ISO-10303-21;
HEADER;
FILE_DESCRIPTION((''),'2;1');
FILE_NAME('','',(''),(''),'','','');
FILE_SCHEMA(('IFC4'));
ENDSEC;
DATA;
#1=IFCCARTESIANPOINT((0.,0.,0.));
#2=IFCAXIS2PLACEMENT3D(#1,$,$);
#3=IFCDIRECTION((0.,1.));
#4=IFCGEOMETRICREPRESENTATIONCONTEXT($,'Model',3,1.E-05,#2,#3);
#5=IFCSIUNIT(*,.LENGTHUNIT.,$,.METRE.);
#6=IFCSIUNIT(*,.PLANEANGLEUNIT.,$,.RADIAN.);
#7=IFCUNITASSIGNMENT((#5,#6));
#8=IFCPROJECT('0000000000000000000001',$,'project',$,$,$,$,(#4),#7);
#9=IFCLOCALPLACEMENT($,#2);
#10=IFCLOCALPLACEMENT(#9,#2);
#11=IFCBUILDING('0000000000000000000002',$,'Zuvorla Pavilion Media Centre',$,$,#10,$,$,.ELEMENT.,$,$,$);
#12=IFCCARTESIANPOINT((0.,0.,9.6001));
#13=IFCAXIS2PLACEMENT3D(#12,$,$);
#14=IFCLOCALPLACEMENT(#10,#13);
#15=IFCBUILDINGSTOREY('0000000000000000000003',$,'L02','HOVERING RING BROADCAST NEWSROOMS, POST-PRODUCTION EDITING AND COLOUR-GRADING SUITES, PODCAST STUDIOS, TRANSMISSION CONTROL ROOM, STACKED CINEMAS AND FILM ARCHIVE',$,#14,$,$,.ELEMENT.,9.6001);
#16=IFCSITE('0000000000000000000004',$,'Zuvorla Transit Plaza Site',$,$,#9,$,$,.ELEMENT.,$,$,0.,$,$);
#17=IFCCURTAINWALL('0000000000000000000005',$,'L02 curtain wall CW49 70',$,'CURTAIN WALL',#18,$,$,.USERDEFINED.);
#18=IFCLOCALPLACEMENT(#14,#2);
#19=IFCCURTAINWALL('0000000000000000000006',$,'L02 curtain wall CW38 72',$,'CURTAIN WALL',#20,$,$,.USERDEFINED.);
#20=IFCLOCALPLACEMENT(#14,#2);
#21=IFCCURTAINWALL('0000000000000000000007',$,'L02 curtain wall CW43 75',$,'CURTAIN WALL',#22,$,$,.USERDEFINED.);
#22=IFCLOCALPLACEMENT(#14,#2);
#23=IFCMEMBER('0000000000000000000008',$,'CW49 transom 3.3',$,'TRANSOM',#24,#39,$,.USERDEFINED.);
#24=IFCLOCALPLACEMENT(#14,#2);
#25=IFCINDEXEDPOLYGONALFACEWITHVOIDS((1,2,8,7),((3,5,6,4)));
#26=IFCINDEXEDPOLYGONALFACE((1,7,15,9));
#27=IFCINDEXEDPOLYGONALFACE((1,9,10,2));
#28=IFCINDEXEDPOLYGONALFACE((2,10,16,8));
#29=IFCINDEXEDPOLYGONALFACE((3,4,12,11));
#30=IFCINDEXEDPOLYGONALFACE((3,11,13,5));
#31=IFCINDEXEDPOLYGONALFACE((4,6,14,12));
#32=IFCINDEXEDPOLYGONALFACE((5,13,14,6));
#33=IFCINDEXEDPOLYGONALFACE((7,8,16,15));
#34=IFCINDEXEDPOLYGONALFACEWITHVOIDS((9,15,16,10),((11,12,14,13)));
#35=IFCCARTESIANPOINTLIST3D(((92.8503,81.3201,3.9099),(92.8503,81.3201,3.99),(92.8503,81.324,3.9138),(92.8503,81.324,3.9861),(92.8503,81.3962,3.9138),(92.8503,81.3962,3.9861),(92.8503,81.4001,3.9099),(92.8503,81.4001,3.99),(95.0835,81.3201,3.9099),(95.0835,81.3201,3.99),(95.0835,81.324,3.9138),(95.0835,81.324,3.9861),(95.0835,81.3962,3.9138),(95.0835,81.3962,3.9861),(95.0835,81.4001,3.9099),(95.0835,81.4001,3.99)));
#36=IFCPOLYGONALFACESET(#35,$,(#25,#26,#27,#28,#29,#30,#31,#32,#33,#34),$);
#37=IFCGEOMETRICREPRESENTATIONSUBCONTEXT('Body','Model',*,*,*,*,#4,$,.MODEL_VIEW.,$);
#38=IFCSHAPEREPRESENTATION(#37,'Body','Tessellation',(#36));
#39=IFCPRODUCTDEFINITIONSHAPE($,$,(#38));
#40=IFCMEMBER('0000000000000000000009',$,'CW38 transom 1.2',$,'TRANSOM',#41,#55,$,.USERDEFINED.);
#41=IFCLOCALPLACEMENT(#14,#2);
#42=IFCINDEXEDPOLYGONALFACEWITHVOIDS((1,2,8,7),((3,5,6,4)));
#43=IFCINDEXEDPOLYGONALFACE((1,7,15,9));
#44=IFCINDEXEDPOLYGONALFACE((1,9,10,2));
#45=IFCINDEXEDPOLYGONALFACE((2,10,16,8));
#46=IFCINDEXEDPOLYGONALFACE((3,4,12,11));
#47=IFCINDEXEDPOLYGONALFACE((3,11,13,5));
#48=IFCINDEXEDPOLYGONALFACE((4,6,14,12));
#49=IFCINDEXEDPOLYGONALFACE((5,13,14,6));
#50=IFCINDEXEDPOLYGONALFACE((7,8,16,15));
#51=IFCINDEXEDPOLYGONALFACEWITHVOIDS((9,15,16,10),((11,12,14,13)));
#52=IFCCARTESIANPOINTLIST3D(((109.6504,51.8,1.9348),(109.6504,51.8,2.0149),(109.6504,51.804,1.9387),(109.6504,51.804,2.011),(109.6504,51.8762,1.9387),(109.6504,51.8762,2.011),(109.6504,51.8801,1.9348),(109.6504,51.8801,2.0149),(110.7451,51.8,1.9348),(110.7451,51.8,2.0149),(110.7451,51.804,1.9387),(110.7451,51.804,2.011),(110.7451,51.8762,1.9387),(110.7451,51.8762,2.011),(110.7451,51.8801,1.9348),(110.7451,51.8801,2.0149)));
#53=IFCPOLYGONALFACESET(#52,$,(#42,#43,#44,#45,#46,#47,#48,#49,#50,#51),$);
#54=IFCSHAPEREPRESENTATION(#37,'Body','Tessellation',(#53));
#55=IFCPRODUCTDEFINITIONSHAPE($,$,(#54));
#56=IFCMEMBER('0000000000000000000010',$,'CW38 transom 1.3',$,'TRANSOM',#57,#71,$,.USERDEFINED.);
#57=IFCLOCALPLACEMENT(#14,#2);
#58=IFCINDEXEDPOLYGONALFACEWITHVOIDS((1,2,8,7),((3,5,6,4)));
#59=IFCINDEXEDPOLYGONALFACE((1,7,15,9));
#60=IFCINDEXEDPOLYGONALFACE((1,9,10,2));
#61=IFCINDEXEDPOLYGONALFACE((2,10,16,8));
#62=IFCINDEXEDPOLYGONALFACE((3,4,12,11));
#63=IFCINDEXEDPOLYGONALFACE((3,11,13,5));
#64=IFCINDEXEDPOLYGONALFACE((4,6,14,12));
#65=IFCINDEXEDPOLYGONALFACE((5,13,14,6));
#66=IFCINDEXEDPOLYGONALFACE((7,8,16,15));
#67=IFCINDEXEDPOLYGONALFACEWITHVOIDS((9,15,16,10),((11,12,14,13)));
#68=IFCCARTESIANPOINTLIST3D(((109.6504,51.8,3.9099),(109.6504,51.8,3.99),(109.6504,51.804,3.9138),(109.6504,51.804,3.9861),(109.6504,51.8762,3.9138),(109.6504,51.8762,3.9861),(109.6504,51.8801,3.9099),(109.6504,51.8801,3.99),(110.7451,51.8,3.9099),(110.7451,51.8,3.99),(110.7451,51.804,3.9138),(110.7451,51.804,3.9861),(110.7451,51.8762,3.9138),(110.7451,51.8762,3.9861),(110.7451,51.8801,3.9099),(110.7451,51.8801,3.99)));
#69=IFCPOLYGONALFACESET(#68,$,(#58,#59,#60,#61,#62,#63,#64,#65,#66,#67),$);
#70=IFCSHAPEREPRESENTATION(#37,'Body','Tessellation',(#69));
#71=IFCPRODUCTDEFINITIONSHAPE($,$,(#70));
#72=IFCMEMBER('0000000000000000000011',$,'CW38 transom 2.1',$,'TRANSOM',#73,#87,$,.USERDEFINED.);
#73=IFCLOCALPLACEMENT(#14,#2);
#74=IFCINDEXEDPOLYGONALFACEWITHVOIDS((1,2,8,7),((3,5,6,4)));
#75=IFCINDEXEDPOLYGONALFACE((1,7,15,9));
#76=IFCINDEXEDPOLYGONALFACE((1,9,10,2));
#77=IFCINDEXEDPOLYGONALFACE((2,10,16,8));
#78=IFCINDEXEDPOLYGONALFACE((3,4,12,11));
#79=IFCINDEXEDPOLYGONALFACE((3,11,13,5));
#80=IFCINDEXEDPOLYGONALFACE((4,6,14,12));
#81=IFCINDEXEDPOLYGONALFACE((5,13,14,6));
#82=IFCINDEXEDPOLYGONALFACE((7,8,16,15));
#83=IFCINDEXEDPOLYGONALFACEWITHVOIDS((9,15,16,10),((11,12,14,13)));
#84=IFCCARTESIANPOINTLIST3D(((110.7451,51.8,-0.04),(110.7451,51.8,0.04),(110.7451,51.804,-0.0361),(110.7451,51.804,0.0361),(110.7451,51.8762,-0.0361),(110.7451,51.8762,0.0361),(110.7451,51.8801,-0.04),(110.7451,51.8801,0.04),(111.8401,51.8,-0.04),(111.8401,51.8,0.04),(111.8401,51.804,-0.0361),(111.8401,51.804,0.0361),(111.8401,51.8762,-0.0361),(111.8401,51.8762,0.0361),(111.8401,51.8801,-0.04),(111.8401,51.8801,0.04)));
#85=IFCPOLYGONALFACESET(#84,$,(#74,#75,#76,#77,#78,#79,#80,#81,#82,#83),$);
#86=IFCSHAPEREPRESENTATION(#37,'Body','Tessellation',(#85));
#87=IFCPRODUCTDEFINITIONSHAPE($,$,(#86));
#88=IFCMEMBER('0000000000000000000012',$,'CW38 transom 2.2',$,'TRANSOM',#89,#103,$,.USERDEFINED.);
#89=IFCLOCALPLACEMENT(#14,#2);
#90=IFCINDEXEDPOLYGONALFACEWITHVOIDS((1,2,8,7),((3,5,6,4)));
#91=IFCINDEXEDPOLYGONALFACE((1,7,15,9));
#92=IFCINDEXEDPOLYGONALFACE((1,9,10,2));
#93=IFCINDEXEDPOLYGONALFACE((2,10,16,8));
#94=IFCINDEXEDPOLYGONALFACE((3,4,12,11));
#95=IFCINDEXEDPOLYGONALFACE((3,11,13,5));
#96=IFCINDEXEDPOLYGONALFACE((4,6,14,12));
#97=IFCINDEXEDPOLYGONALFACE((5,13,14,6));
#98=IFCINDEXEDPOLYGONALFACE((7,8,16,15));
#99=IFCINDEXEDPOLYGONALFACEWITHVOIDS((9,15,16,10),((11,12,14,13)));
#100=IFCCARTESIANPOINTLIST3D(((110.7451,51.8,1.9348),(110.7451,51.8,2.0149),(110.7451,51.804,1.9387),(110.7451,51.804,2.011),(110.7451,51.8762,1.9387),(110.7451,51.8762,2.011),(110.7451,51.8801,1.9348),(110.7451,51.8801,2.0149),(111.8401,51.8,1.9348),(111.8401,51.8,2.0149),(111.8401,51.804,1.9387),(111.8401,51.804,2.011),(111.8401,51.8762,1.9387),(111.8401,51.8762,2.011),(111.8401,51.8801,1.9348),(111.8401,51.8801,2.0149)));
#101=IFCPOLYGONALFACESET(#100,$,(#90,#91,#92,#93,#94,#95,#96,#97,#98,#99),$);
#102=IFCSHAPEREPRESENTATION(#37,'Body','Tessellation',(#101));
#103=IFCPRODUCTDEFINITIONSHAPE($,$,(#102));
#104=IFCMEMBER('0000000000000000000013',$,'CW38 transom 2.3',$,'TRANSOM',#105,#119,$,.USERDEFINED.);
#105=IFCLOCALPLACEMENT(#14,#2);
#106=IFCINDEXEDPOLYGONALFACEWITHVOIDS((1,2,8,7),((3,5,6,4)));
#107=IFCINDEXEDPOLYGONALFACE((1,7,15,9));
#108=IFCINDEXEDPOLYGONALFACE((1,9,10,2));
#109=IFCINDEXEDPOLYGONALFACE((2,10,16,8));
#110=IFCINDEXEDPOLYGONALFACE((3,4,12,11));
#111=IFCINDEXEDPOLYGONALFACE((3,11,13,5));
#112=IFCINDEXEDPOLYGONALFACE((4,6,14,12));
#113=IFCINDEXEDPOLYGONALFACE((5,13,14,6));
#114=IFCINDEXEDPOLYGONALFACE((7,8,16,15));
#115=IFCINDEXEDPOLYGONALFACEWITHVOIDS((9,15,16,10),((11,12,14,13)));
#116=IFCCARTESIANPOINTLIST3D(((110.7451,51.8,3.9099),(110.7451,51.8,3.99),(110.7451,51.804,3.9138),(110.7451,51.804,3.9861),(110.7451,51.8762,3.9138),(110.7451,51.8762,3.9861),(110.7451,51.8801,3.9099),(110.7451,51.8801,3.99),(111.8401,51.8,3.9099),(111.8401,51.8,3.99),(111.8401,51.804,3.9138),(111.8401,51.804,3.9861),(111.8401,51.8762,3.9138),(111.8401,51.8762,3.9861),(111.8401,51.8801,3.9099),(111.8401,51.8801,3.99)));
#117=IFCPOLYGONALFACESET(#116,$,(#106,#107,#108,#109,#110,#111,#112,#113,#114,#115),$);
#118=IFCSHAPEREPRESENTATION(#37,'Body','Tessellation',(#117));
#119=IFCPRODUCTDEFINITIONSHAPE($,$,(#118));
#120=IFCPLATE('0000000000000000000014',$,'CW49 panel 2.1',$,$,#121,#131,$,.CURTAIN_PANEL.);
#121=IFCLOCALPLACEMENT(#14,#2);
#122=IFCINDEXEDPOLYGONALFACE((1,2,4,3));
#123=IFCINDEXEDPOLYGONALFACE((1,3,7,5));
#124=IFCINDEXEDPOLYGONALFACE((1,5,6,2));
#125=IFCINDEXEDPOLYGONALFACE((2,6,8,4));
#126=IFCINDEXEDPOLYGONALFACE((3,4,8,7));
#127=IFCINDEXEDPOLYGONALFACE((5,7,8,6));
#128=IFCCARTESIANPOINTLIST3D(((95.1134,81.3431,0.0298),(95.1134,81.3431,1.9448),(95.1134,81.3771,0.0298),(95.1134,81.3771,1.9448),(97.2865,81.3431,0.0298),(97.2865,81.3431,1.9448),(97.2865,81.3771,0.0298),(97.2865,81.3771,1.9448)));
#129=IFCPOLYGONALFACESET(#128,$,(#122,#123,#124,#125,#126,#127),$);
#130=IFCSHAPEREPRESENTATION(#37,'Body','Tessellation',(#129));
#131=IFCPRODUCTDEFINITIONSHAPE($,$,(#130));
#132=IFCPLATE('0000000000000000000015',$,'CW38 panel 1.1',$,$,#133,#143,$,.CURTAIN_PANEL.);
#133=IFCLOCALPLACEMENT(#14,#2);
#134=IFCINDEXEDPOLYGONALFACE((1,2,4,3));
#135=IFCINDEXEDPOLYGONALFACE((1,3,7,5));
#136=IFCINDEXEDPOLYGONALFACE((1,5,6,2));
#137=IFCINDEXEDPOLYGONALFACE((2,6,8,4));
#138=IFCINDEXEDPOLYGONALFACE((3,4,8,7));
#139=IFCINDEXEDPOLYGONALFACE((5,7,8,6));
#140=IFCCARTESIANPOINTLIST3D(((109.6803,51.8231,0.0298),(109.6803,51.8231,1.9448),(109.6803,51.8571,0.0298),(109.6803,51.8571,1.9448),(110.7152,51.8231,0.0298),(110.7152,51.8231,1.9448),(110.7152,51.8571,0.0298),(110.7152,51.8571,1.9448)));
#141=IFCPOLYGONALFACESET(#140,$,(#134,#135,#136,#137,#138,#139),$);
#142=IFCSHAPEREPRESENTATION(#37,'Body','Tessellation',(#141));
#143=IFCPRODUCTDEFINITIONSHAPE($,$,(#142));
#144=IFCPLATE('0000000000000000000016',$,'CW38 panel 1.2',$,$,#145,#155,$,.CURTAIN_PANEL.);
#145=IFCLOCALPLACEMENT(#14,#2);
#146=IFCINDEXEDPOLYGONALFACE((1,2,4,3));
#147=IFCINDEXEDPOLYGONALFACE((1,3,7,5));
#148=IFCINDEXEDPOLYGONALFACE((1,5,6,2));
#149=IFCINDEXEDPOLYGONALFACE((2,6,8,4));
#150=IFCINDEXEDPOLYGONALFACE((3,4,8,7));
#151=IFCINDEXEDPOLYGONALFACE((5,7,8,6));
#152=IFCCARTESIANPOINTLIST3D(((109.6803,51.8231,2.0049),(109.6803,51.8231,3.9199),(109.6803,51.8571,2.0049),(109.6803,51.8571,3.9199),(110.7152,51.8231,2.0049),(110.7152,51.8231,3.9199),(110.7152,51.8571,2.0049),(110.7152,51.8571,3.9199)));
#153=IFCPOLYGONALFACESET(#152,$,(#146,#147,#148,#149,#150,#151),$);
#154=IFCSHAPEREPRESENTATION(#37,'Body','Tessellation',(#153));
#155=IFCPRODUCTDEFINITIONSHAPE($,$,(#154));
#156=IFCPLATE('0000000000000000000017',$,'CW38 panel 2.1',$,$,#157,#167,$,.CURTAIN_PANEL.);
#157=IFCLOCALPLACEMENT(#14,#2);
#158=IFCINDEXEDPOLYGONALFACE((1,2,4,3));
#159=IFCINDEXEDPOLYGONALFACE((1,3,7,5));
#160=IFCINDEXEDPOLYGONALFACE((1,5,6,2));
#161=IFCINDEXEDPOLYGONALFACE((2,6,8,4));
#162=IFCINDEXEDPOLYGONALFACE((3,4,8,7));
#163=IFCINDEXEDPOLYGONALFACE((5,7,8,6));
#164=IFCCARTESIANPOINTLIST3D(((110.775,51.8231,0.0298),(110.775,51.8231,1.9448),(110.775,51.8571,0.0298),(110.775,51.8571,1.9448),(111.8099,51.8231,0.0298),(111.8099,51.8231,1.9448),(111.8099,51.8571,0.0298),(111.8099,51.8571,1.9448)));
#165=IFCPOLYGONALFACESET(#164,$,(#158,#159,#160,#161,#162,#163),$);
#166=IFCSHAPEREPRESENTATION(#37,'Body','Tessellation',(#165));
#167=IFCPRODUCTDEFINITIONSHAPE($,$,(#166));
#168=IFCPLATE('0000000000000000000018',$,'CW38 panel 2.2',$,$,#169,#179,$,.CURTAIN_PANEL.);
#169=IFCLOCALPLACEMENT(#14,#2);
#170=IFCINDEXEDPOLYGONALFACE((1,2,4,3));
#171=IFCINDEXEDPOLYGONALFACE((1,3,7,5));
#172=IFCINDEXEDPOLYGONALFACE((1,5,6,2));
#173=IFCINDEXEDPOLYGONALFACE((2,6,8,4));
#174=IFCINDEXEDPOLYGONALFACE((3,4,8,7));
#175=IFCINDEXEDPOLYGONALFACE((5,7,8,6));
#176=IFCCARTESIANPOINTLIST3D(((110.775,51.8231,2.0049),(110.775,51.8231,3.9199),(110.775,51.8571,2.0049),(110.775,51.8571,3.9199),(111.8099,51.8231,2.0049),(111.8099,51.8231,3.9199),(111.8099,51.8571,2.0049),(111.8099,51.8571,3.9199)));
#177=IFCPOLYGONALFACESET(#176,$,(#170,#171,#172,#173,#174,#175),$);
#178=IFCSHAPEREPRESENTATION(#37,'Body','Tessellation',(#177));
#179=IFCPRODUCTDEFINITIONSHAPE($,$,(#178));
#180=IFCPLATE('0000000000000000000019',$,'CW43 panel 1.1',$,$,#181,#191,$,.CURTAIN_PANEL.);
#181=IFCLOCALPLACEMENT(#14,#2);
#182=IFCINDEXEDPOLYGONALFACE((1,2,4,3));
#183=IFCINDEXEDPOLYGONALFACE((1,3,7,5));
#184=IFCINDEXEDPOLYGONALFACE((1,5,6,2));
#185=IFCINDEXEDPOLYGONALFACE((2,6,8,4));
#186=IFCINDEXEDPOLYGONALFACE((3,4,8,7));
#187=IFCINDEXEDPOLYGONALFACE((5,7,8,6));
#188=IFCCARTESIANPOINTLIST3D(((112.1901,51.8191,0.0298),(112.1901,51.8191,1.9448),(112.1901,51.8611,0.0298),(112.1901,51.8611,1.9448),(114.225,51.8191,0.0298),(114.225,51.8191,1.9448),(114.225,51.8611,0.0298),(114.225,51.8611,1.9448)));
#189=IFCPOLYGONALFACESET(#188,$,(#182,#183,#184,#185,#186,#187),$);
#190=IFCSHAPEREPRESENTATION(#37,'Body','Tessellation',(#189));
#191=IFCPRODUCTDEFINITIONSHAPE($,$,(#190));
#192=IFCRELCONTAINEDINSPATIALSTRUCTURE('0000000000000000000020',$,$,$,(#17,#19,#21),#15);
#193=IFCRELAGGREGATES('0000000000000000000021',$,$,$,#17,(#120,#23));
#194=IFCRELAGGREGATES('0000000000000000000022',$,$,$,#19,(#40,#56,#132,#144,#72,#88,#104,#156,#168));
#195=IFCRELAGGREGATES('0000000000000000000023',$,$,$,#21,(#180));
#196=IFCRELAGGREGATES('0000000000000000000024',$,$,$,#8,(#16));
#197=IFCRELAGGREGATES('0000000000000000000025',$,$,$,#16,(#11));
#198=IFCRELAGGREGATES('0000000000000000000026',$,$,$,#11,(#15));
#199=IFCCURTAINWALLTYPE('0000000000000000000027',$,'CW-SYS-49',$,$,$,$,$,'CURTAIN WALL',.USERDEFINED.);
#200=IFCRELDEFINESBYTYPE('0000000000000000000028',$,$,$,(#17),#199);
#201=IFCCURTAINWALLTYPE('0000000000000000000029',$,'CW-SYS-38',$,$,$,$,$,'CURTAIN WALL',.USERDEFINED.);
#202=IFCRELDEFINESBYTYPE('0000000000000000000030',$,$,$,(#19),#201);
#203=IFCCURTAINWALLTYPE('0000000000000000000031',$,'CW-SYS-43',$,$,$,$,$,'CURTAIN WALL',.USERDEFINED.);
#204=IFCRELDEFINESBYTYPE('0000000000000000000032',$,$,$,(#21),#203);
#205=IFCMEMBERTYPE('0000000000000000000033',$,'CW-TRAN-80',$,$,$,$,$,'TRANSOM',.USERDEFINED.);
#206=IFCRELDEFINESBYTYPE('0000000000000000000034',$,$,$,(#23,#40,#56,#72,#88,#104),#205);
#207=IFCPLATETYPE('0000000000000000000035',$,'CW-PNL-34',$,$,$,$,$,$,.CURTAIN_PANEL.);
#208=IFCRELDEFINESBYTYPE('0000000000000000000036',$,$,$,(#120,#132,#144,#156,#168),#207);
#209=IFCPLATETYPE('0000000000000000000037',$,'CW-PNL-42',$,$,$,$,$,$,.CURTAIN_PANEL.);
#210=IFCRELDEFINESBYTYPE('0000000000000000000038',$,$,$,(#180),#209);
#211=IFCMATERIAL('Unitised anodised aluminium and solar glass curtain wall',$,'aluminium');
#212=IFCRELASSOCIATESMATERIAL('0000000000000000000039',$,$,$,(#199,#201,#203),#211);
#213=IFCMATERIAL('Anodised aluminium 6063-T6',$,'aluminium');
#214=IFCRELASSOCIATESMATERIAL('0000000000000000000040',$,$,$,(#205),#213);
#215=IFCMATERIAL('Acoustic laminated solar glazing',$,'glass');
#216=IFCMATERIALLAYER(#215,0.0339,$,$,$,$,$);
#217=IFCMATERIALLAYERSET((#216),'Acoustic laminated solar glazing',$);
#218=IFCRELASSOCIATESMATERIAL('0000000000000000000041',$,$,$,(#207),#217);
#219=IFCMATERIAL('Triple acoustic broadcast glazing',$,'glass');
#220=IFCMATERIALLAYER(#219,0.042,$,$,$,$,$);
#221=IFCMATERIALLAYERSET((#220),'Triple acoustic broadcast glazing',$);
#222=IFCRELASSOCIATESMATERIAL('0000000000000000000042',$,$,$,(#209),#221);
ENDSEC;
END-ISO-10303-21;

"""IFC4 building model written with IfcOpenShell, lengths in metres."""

from ifc_helpers import new_model, si_unit, direction, frame, origin, origin_2d, place, context, subcontext, project, spatial, rectangle, hollow_rectangle, extrude, material, layer, layer_set, material_profile, profile_set, type_object, element, aggregate, save


model = new_model("IFC4")

# Units and contexts
model_context = context("Model", 3, precision=1e-05, world=origin(), true_north=direction((0.0, 1.0)))
body_context = subcontext(model_context, "Body", "Model", "MODEL_VIEW")
ifc_project = project(units=[si_unit("LENGTHUNIT", "METRE"), si_unit("PLANEANGLEUNIT", "RADIAN")], contexts=[model_context])

# Site, building, storey
site_placement = place(None, origin())
site = spatial("IfcSite", under=ifc_project, at=site_placement, Name="Zuvorla Transit Plaza Site", CompositionType="ELEMENT", RefElevation=0.0)
building_placement = place(site_placement, origin())
building = spatial("IfcBuilding", under=site, at=building_placement, Name="Zuvorla Pavilion Media Centre", CompositionType="ELEMENT")
storey_placement = place(building_placement, frame((0.0, 0.0, 9.6001)))
storey = spatial("IfcBuildingStorey", under=building, at=storey_placement, Name="L02", Description="HOVERING RING BROADCAST NEWSROOMS, POST-PRODUCTION EDITING AND COLOUR-GRADING SUITES, PODCAST STUDIOS, TRANSMISSION CONTROL ROOM, STACKED CINEMAS AND FILM ARCHIVE", CompositionType="ELEMENT", Elevation=9.6001)

# Curtain wall
ifc_material_1 = material(Name="Unitised anodised aluminium and solar glass curtain wall", Category="aluminium")
curtain_wall_type_1 = type_object("IfcCurtainWallType", Name="CW-SYS-49", ElementType="CURTAIN WALL", PredefinedType="USERDEFINED", material=ifc_material_1)
curtain_wall_1_placement = place(storey_placement, origin())
curtain_wall_1 = element("IfcCurtainWall", 1, at=curtain_wall_1_placement, inside=storey, type_object=curtain_wall_type_1, Name="L02 curtain wall CW49 70", ObjectType="CURTAIN WALL", PredefinedType="USERDEFINED")
ifc_material_2 = material(Name="Anodised aluminium 6063-T6", Category="aluminium")

# Curtain walls
curtain_wall_type_2 = type_object("IfcCurtainWallType", Name="CW-SYS-38", ElementType="CURTAIN WALL", PredefinedType="USERDEFINED", material=ifc_material_1)
curtain_wall_2_placement = place(storey_placement, origin())
curtain_wall_2 = element("IfcCurtainWall", 2, at=curtain_wall_2_placement, inside=storey, type_object=curtain_wall_type_2, Name="L02 curtain wall CW38 72", ObjectType="CURTAIN WALL", PredefinedType="USERDEFINED")
curtain_wall_type_3 = type_object("IfcCurtainWallType", Name="CW-SYS-43", ElementType="CURTAIN WALL", PredefinedType="USERDEFINED", material=ifc_material_1)
curtain_wall_3_placement = place(storey_placement, origin())
curtain_wall_3 = element("IfcCurtainWall", 3, at=curtain_wall_3_placement, inside=storey, type_object=curtain_wall_type_3, Name="L02 curtain wall CW43 75", ObjectType="CURTAIN WALL", PredefinedType="USERDEFINED")

# Members
ifc_material_profile_1 = material_profile(ifc_material_2, hollow_rectangle(XDim=0.0801, YDim=0.0801, WallThickness=0.0039, at=origin_2d()), Name="ALU TRAN 80x80")
ifc_profile_set_1 = profile_set([ifc_material_profile_1], Name="Anodised aluminium 6063-T6")
member_type_1 = type_object("IfcMemberType", Name="CW-TRAN-80", ElementType="TRANSOM", PredefinedType="USERDEFINED", material=ifc_profile_set_1)
member_1_placement = place(storey_placement, frame((95.0835, 81.3601, 3.95), z_axis=(-1.0, 0.0, 0.0), x_axis=(0.0, -1.0, 0.0)))
member_1 = element("IfcMember", 4, at=member_1_placement, type_object=member_type_1, Name="CW49 transom 3.3", ObjectType="TRANSOM", PredefinedType="USERDEFINED", context=body_context, shape_type="SweptSolid", body=[
    extrude(hollow_rectangle(XDim=0.0801, YDim=0.0801, WallThickness=0.0039, at=origin_2d()), origin(), (0.0, 0.0, 1.0), 2.2332),
])
member_2_placement = place(storey_placement, frame((109.6504, 51.8401, 1.9749), z_axis=(1.0, 0.0, 0.0), x_axis=(0.0, 1.0, 0.0)))
member_2 = element("IfcMember", 5, at=member_2_placement, type_object=member_type_1, Name="CW38 transom 1.2", ObjectType="TRANSOM", PredefinedType="USERDEFINED", context=body_context, shape_type="SweptSolid", body=[
    extrude(hollow_rectangle(XDim=0.0801, YDim=0.0801, WallThickness=0.0039, at=origin_2d()), origin(), (0.0, 0.0, 1.0), 1.0947),
])
member_3_placement = place(storey_placement, frame((109.6504, 51.8401, 3.95), z_axis=(1.0, 0.0, 0.0), x_axis=(0.0, 1.0, 0.0)))
member_3 = element("IfcMember", 6, at=member_3_placement, type_object=member_type_1, Name="CW38 transom 1.3", ObjectType="TRANSOM", PredefinedType="USERDEFINED", context=body_context, shape_type="SweptSolid", body=[
    extrude(hollow_rectangle(XDim=0.0801, YDim=0.0801, WallThickness=0.0039, at=origin_2d()), origin(), (0.0, 0.0, 1.0), 1.0947),
])
member_4_placement = place(storey_placement, frame((110.7451, 51.8401, 0.0), z_axis=(1.0, 0.0, 0.0), x_axis=(0.0, 1.0, 0.0)))
member_4 = element("IfcMember", 7, at=member_4_placement, type_object=member_type_1, Name="CW38 transom 2.1", ObjectType="TRANSOM", PredefinedType="USERDEFINED", context=body_context, shape_type="SweptSolid", body=[
    extrude(hollow_rectangle(XDim=0.0801, YDim=0.0801, WallThickness=0.0039, at=origin_2d()), origin(), (0.0, 0.0, 1.0), 1.095),
])
member_5_placement = place(storey_placement, frame((110.7451, 51.8401, 1.9749), z_axis=(1.0, 0.0, 0.0), x_axis=(0.0, 1.0, 0.0)))
member_5 = element("IfcMember", 8, at=member_5_placement, type_object=member_type_1, Name="CW38 transom 2.2", ObjectType="TRANSOM", PredefinedType="USERDEFINED", context=body_context, shape_type="SweptSolid", body=[
    extrude(hollow_rectangle(XDim=0.0801, YDim=0.0801, WallThickness=0.0039, at=origin_2d()), origin(), (0.0, 0.0, 1.0), 1.095),
])
member_6_placement = place(storey_placement, frame((110.7451, 51.8401, 3.95), z_axis=(1.0, 0.0, 0.0), x_axis=(0.0, 1.0, 0.0)))
member_6 = element("IfcMember", 9, at=member_6_placement, type_object=member_type_1, Name="CW38 transom 2.3", ObjectType="TRANSOM", PredefinedType="USERDEFINED", context=body_context, shape_type="SweptSolid", body=[
    extrude(hollow_rectangle(XDim=0.0801, YDim=0.0801, WallThickness=0.0039, at=origin_2d()), origin(), (0.0, 0.0, 1.0), 1.095),
])

# Plates
ifc_material_3 = material(Name="Acoustic laminated solar glazing", Category="glass")
ifc_layer_1 = layer(ifc_material_3, 0.0339)
ifc_layer_set_1 = layer_set([ifc_layer_1], Name="Acoustic laminated solar glazing")
plate_type_1 = type_object("IfcPlateType", Name="CW-PNL-34", PredefinedType="CURTAIN_PANEL", material=ifc_layer_set_1)
plate_1_placement = place(storey_placement, frame((96.2, 81.3601, 0.0298), z_axis=(0.0, 0.0, 1.0), x_axis=(-1.0, 0.0, 0.0)))
plate_1 = element("IfcPlate", 10, at=plate_1_placement, type_object=plate_type_1, Name="CW49 panel 2.1", PredefinedType="CURTAIN_PANEL", context=body_context, shape_type="SweptSolid", body=[
    extrude(rectangle(XDim=2.1731, YDim=0.0339, at=origin_2d()), origin(), (0.0, 0.0, 1.0), 1.915),
])
aggregate(curtain_wall_1, [plate_1, member_1])
plate_2_placement = place(storey_placement, frame((110.1978, 51.8401, 0.0298), z_axis=(0.0, 0.0, 1.0), x_axis=(1.0, 0.0, 0.0)))
plate_2 = element("IfcPlate", 11, at=plate_2_placement, type_object=plate_type_1, Name="CW38 panel 1.1", PredefinedType="CURTAIN_PANEL", context=body_context, shape_type="SweptSolid", body=[
    extrude(rectangle(XDim=1.0349, YDim=0.0339, at=origin_2d()), origin(), (0.0, 0.0, 1.0), 1.915),
])
plate_3_placement = place(storey_placement, frame((110.1978, 51.8401, 2.0049), z_axis=(0.0, 0.0, 1.0), x_axis=(1.0, 0.0, 0.0)))
plate_3 = element("IfcPlate", 12, at=plate_3_placement, type_object=plate_type_1, Name="CW38 panel 1.2", PredefinedType="CURTAIN_PANEL", context=body_context, shape_type="SweptSolid", body=[
    extrude(rectangle(XDim=1.0349, YDim=0.0339, at=origin_2d()), origin(), (0.0, 0.0, 1.0), 1.915),
])
plate_4_placement = place(storey_placement, frame((111.2925, 51.8401, 0.0298), z_axis=(0.0, 0.0, 1.0), x_axis=(1.0, 0.0, 0.0)))
plate_4 = element("IfcPlate", 13, at=plate_4_placement, type_object=plate_type_1, Name="CW38 panel 2.1", PredefinedType="CURTAIN_PANEL", context=body_context, shape_type="SweptSolid", body=[
    extrude(rectangle(XDim=1.0349, YDim=0.0339, at=origin_2d()), origin(), (0.0, 0.0, 1.0), 1.915),
])
plate_5_placement = place(storey_placement, frame((111.2925, 51.8401, 2.0049), z_axis=(0.0, 0.0, 1.0), x_axis=(1.0, 0.0, 0.0)))
plate_5 = element("IfcPlate", 14, at=plate_5_placement, type_object=plate_type_1, Name="CW38 panel 2.2", PredefinedType="CURTAIN_PANEL", context=body_context, shape_type="SweptSolid", body=[
    extrude(rectangle(XDim=1.0349, YDim=0.0339, at=origin_2d()), origin(), (0.0, 0.0, 1.0), 1.915),
])
aggregate(curtain_wall_2, [member_2, member_3, plate_2, plate_3, member_4, member_5, member_6, plate_4, plate_5])
ifc_material_4 = material(Name="Triple acoustic broadcast glazing", Category="glass")
ifc_layer_2 = layer(ifc_material_4, 0.042)
ifc_layer_set_2 = layer_set([ifc_layer_2], Name="Triple acoustic broadcast glazing")
plate_type_2 = type_object("IfcPlateType", Name="CW-PNL-42", PredefinedType="CURTAIN_PANEL", material=ifc_layer_set_2)
plate_6_placement = place(storey_placement, frame((113.2075, 51.8401, 0.0298), z_axis=(0.0, 0.0, 1.0), x_axis=(1.0, 0.0, 0.0)))
plate_6 = element("IfcPlate", 15, at=plate_6_placement, type_object=plate_type_2, Name="CW43 panel 1.1", PredefinedType="CURTAIN_PANEL", context=body_context, shape_type="SweptSolid", body=[
    extrude(rectangle(XDim=2.0349, YDim=0.042, at=origin_2d()), origin(), (0.0, 0.0, 1.0), 1.915),
])
aggregate(curtain_wall_3, [plate_6])

save(model, "model.ifc")
